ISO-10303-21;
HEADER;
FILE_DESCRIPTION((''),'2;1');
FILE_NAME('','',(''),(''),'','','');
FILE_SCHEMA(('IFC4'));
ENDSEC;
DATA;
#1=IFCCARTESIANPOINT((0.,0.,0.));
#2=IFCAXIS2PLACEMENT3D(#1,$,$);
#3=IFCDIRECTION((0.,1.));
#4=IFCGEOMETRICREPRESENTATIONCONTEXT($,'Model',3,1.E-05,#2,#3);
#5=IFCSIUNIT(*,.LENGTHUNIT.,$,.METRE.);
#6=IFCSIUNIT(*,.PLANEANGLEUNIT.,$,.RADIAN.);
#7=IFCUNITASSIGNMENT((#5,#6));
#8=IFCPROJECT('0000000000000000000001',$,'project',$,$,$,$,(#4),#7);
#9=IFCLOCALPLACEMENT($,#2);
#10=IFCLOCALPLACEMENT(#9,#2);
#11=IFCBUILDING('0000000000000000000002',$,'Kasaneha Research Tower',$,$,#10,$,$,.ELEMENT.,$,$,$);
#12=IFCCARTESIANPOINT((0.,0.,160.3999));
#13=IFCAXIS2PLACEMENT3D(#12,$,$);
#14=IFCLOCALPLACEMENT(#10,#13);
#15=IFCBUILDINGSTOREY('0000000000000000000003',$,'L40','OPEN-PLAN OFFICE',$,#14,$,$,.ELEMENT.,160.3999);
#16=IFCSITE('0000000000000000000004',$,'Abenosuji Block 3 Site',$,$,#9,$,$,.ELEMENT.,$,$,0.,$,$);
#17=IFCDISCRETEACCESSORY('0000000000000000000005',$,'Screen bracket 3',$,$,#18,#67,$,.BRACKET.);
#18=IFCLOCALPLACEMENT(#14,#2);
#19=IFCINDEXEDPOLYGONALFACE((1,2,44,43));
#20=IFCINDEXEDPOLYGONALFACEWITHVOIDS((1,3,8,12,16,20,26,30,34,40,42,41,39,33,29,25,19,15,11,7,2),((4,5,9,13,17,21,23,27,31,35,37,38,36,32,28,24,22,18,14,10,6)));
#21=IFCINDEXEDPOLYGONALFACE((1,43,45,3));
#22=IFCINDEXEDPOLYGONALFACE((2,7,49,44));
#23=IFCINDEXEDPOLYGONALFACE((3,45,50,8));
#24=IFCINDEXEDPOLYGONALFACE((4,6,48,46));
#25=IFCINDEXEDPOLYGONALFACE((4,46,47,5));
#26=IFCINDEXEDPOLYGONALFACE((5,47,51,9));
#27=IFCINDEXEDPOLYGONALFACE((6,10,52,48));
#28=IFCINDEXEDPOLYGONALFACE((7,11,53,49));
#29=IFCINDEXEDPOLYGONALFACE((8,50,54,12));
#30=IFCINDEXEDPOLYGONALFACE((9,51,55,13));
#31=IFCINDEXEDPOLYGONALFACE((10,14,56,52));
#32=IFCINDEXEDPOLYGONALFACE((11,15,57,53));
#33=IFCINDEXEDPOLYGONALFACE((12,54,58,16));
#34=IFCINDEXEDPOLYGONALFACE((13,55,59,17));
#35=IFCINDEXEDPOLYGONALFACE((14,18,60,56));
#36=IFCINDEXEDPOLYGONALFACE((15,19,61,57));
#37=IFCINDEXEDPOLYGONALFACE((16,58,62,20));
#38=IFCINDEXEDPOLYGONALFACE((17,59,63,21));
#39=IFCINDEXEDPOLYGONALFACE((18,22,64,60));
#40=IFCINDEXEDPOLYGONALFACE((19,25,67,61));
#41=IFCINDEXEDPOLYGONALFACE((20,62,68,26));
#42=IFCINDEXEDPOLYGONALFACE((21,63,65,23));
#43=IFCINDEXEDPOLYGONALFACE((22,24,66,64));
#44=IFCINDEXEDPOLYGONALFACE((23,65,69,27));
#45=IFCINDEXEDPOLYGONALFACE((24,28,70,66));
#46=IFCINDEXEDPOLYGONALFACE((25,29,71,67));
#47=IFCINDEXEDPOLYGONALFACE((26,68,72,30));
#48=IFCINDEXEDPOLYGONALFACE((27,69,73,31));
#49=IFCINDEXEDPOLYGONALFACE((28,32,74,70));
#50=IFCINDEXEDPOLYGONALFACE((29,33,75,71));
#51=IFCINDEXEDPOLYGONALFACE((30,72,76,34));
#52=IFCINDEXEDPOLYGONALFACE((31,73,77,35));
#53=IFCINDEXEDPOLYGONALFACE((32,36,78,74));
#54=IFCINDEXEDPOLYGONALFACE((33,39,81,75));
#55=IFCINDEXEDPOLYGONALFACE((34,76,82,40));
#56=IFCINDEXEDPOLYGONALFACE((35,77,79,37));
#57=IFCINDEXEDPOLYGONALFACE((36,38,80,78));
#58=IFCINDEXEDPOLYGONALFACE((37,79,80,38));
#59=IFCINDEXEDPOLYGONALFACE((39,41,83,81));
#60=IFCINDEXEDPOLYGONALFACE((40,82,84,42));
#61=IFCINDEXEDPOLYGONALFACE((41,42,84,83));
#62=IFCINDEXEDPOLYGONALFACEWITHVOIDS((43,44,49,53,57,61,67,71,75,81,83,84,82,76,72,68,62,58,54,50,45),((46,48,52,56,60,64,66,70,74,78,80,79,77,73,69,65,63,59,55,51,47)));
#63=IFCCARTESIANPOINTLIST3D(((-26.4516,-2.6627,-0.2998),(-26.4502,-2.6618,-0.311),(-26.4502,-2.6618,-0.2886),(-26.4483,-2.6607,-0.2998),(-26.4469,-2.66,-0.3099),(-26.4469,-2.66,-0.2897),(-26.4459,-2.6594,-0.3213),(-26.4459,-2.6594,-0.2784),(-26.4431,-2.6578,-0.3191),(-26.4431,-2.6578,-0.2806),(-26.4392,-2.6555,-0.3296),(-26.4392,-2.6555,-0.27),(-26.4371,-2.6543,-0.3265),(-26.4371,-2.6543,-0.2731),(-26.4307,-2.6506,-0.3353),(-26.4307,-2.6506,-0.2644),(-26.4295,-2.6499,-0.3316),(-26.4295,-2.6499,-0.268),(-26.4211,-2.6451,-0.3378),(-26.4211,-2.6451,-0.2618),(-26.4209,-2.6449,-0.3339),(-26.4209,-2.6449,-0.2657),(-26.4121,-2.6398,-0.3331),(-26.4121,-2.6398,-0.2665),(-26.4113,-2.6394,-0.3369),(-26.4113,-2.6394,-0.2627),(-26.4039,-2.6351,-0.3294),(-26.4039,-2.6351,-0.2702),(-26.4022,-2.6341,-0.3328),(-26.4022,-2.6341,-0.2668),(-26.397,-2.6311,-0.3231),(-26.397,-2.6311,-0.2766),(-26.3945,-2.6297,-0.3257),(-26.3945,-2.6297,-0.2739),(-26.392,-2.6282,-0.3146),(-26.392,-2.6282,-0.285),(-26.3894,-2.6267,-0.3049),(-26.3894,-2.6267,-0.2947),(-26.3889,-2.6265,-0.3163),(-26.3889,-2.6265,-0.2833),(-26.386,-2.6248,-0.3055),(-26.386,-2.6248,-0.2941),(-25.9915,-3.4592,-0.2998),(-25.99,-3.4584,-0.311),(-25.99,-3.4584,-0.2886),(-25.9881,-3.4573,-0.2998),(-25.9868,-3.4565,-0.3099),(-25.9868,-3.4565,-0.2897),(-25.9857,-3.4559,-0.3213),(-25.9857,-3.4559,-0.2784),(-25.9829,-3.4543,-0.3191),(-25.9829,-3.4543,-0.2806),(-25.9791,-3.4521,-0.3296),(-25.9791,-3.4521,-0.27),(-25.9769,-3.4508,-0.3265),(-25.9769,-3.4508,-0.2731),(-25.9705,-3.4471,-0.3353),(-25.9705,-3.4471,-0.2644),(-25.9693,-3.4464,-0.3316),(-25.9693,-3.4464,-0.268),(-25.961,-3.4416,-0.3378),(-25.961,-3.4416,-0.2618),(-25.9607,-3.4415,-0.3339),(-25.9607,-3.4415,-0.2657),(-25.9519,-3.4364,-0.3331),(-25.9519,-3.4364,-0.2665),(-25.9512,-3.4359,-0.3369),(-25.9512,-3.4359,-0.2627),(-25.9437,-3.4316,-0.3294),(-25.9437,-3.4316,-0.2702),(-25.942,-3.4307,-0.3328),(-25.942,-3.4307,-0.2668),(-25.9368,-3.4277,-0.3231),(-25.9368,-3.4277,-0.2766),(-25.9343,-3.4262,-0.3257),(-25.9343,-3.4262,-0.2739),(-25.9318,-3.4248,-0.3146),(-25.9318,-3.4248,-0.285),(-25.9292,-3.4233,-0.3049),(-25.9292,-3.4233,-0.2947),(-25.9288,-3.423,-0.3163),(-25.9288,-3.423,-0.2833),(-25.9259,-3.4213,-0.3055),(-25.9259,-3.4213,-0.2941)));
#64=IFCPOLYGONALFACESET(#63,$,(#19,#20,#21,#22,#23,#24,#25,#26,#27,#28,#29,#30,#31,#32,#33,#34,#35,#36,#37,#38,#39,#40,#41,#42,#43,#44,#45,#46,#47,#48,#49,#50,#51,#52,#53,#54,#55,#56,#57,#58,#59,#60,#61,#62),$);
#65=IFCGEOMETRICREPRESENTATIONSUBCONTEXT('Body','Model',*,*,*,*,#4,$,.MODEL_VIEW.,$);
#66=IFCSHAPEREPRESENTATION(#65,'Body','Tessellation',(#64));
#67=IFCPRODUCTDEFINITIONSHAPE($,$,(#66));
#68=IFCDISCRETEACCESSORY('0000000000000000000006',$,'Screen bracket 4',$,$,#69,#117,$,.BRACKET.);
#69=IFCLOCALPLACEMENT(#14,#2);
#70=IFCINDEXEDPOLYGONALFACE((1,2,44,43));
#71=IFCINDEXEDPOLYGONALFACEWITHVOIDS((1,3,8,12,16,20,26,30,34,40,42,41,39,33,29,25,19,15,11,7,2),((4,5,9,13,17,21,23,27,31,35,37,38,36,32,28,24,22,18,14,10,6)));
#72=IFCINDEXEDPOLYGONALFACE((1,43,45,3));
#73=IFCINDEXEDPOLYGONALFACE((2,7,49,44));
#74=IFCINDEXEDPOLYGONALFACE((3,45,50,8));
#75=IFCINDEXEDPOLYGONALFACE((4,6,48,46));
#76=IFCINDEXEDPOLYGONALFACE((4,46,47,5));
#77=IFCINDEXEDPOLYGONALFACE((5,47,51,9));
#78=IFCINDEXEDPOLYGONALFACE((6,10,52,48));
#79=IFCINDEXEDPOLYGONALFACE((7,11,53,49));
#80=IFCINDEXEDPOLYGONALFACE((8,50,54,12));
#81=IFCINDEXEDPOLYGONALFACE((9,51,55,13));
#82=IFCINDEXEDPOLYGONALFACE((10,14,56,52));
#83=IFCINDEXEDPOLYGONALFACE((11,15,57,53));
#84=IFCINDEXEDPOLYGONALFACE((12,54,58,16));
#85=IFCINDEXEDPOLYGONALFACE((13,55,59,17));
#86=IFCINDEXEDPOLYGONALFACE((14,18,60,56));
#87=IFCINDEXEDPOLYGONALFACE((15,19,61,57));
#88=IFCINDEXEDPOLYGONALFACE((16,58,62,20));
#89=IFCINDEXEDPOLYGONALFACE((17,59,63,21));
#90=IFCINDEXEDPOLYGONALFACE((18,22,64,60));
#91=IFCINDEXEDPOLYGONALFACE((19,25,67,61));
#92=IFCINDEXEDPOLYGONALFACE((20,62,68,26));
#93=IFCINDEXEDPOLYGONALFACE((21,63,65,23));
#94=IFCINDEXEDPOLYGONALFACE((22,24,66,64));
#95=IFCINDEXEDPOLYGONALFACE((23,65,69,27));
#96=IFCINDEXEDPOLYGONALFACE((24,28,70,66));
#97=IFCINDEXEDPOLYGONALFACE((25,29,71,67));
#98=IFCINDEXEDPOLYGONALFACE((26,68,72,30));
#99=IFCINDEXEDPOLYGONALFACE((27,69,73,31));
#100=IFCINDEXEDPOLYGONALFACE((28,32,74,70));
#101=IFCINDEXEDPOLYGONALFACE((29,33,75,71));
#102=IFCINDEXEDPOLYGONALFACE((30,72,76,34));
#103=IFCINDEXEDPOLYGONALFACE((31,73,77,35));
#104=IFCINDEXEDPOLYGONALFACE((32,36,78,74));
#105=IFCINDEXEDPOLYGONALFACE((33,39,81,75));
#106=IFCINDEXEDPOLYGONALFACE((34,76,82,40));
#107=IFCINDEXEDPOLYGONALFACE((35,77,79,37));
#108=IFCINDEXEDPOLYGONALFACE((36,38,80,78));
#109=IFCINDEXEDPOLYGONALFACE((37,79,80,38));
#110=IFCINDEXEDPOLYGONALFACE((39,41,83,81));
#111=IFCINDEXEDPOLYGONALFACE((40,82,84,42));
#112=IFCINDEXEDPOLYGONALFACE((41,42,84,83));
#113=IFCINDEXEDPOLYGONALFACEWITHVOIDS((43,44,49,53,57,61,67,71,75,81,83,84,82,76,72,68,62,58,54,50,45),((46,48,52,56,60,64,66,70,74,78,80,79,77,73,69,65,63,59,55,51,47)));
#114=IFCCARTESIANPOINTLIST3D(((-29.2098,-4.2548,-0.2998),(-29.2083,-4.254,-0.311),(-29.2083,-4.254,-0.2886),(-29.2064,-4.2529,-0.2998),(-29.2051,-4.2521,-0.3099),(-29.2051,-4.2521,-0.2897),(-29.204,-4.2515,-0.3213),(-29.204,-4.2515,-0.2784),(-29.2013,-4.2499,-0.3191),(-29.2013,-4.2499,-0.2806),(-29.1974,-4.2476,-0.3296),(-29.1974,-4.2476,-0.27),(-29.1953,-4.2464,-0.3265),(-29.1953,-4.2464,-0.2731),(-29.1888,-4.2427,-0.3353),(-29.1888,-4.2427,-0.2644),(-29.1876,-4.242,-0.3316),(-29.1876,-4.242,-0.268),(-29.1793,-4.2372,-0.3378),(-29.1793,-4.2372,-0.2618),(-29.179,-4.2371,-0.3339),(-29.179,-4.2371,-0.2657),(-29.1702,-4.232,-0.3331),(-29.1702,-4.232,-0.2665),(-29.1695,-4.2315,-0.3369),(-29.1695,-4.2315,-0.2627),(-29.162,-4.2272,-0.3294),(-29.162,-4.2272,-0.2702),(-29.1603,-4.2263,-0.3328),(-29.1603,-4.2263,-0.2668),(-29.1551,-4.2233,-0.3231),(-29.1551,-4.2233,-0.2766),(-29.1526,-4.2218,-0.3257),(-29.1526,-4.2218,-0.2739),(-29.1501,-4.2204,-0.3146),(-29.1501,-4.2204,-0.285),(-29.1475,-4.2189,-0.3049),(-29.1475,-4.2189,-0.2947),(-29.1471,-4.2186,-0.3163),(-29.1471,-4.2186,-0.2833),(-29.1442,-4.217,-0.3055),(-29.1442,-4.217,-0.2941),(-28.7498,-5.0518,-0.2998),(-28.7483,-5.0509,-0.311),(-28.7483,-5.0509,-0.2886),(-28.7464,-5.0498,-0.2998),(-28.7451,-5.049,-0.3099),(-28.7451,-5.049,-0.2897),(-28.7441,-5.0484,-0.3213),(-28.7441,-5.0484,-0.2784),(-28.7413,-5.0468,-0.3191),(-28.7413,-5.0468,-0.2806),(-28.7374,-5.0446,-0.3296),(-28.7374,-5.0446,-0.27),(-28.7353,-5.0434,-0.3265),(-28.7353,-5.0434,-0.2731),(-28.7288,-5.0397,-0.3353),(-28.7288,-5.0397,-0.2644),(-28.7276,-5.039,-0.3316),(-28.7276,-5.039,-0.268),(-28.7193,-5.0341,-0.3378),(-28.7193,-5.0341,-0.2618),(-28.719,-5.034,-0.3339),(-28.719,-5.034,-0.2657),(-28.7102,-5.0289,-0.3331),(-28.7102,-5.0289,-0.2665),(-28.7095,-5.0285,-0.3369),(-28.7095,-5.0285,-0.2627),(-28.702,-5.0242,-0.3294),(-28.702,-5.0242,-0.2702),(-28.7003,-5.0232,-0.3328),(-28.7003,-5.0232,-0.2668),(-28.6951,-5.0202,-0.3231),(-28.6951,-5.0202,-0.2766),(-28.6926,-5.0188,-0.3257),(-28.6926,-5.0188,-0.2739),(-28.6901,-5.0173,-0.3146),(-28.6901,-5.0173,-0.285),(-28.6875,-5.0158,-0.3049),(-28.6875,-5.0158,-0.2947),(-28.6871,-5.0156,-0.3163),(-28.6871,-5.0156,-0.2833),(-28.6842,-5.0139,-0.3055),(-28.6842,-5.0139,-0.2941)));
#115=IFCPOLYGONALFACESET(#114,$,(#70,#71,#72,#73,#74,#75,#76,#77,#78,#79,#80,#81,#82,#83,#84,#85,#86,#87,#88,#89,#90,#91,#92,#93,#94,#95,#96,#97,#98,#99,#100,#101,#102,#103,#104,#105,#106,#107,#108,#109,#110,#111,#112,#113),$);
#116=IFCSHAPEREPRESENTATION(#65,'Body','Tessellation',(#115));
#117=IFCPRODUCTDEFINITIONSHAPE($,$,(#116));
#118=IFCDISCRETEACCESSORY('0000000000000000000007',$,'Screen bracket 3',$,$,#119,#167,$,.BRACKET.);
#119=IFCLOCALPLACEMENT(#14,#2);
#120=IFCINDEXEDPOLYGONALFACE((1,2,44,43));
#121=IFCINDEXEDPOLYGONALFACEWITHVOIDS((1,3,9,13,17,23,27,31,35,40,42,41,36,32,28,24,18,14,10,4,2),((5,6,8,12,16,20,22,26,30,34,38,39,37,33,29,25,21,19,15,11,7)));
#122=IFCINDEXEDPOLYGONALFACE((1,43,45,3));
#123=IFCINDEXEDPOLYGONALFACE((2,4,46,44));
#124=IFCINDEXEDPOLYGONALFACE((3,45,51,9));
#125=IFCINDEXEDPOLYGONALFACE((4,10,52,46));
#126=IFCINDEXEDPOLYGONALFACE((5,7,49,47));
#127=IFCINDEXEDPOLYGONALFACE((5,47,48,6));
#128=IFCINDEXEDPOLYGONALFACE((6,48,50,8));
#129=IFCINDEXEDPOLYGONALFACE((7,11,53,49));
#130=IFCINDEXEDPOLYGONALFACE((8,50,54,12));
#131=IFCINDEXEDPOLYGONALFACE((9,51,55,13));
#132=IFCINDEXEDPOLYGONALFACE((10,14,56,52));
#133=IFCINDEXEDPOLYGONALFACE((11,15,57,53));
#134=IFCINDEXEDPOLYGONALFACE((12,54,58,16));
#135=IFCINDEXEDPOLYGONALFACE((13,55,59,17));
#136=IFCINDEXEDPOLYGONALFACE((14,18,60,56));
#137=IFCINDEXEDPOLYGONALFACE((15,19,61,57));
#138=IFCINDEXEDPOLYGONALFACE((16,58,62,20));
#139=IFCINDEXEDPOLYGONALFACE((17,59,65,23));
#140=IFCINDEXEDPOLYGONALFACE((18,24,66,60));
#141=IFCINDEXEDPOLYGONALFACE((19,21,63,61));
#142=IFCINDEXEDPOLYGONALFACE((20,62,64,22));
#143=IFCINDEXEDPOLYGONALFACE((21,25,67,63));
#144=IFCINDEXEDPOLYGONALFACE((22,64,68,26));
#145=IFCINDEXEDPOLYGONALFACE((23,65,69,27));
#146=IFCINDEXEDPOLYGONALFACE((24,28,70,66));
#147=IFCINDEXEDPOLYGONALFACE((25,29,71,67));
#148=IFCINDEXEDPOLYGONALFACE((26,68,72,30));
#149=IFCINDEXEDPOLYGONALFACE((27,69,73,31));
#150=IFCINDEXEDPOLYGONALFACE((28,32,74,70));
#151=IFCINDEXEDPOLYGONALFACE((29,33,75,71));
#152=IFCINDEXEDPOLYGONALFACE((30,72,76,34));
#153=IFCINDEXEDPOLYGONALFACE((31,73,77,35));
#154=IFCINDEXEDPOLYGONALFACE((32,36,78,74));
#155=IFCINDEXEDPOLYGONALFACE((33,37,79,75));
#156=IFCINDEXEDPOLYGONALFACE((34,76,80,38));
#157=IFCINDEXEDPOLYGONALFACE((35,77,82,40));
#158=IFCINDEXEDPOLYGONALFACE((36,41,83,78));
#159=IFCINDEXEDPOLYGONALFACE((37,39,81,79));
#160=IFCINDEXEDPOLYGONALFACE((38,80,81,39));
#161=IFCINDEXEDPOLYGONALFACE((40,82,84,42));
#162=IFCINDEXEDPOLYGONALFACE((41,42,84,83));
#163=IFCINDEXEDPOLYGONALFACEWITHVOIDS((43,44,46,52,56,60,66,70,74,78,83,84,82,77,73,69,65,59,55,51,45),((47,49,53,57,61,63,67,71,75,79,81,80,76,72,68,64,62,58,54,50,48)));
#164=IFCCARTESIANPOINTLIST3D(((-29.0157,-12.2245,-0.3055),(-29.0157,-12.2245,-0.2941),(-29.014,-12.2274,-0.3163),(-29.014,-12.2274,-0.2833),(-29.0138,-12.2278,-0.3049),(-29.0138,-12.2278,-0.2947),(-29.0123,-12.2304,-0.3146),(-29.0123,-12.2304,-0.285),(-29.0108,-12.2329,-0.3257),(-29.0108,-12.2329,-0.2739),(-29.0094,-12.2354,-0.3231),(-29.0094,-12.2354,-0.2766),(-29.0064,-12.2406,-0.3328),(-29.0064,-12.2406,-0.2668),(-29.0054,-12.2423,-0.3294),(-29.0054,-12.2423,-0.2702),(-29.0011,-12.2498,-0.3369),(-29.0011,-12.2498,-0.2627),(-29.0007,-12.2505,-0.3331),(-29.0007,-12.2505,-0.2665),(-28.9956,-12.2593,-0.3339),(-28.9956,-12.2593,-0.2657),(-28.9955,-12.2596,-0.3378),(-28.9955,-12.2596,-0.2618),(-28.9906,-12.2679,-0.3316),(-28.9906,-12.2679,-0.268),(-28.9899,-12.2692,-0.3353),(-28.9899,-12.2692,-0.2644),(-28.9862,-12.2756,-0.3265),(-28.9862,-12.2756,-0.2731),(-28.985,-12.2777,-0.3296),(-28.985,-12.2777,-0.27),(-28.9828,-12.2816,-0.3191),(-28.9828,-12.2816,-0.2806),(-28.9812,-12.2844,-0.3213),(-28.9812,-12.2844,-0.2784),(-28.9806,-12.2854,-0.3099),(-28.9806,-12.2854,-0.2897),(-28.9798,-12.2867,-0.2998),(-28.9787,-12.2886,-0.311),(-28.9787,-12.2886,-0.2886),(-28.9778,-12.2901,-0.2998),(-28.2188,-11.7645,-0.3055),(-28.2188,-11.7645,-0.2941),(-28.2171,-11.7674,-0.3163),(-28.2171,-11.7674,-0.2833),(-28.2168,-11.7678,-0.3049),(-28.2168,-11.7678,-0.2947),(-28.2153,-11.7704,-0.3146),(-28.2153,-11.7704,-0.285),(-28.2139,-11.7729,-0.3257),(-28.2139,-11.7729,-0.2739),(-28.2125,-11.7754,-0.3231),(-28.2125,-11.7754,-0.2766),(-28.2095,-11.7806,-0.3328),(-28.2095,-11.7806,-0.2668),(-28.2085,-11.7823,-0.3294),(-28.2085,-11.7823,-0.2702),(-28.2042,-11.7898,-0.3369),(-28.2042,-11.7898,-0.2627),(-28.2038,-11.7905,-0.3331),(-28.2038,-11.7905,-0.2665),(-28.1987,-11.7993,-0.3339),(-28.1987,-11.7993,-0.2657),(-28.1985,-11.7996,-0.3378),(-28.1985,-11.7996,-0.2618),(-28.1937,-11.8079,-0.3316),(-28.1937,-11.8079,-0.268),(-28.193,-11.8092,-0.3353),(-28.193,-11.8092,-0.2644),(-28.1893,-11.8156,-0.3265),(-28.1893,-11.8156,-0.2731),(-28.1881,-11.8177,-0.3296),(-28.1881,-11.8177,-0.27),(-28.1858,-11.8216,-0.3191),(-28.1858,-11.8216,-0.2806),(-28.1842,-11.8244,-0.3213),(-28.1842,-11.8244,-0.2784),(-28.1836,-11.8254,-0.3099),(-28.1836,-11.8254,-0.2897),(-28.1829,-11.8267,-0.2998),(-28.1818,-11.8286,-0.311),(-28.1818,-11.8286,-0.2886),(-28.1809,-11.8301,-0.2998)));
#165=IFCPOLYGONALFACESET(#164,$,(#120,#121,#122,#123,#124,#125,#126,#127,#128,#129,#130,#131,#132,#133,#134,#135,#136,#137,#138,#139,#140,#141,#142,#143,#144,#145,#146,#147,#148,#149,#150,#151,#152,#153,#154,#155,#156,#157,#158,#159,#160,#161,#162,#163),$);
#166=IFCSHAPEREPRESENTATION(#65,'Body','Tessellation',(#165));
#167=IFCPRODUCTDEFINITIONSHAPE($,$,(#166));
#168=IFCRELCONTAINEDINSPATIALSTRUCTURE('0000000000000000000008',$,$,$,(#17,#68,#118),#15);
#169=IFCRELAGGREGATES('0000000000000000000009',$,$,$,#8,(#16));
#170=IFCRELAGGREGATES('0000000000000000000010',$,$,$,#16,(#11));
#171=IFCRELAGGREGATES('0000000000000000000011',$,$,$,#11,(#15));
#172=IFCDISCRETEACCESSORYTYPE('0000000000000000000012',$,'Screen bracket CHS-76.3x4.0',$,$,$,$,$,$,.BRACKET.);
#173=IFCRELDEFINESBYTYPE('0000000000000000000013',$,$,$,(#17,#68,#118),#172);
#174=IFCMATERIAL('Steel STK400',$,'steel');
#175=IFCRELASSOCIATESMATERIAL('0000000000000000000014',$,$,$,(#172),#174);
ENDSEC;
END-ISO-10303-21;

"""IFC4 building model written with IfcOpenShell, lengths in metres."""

from ifc_helpers import new_model, si_unit, direction, frame, origin, origin_2d, place, context, subcontext, project, spatial, hollow_circle, extrude, material, material_profile, profile_set, type_object, element, save


model = new_model("IFC4")

# Units and contexts
model_context = context("Model", 3, precision=1e-05, world=origin(), true_north=direction((0.0, 1.0)))
body_context = subcontext(model_context, "Body", "Model", "MODEL_VIEW")
ifc_project = project(units=[si_unit("LENGTHUNIT", "METRE"), si_unit("PLANEANGLEUNIT", "RADIAN")], contexts=[model_context])

# Site, building, storey
site_placement = place(None, origin())
site = spatial("IfcSite", under=ifc_project, at=site_placement, Name="Abenosuji Block 3 Site", CompositionType="ELEMENT", RefElevation=0.0)
building_placement = place(site_placement, origin())
building = spatial("IfcBuilding", under=site, at=building_placement, Name="Kasaneha Research Tower", CompositionType="ELEMENT")
storey_placement = place(building_placement, frame((0.0, 0.0, 160.3999)))
storey = spatial("IfcBuildingStorey", under=building, at=storey_placement, Name="L40", Description="OPEN-PLAN OFFICE", CompositionType="ELEMENT", Elevation=160.3999)

# Discrete accessories
ifc_material_1 = material(Name="Steel STK400", Category="steel")
ifc_material_profile_1 = material_profile(ifc_material_1, hollow_circle(Radius=0.0381, WallThickness=0.0039, at=origin_2d()), Name="CHS-76.3x4.0")
ifc_profile_set_1 = profile_set([ifc_material_profile_1], Name="Steel STK400")
discrete_accessory_type = type_object("IfcDiscreteAccessoryType", Name="Screen bracket CHS-76.3x4.0", PredefinedType="BRACKET", material=ifc_profile_set_1)
discrete_accessory_placement = place(storey_placement, frame((-25.9585, -3.4402, -0.2998), z_axis=(-0.50022, 0.865898, 0.0), x_axis=(-0.865898, -0.50022, 0.0)))
element("IfcDiscreteAccessory", 1, at=discrete_accessory_placement, inside=storey, type_object=discrete_accessory_type, Name="Screen bracket 3", PredefinedType="BRACKET", context=body_context, shape_type="SweptSolid", body=[
    extrude(hollow_circle(Radius=0.0381, WallThickness=0.0039, at=origin_2d()), origin(), (0.0, 0.0, 1.0), 0.9199),
])
for number, where, z_axis, x_axis, name in (
    (2, (-28.7168, -5.0327, -0.2998), (-0.499906, 0.86608, 0.0), (-0.86608, -0.499906, 0.0), "Screen bracket 4"),
    (3, (-28.2, -11.7971, -0.2998), (-0.86608, -0.499906, 0.0), (0.499906, -0.86608, 0.0), "Screen bracket 3"),
):
    element("IfcDiscreteAccessory", number, at=place(storey_placement, frame(where, z_axis=z_axis, x_axis=x_axis)), inside=storey, type_object=discrete_accessory_type, Name=name, PredefinedType="BRACKET", context=body_context, shape_type="SweptSolid", body=[
        extrude(hollow_circle(Radius=0.0381, WallThickness=0.0039, at=origin_2d()), origin(), (0.0, 0.0, 1.0), 0.9202),
    ])

save(model, "model.ifc")
